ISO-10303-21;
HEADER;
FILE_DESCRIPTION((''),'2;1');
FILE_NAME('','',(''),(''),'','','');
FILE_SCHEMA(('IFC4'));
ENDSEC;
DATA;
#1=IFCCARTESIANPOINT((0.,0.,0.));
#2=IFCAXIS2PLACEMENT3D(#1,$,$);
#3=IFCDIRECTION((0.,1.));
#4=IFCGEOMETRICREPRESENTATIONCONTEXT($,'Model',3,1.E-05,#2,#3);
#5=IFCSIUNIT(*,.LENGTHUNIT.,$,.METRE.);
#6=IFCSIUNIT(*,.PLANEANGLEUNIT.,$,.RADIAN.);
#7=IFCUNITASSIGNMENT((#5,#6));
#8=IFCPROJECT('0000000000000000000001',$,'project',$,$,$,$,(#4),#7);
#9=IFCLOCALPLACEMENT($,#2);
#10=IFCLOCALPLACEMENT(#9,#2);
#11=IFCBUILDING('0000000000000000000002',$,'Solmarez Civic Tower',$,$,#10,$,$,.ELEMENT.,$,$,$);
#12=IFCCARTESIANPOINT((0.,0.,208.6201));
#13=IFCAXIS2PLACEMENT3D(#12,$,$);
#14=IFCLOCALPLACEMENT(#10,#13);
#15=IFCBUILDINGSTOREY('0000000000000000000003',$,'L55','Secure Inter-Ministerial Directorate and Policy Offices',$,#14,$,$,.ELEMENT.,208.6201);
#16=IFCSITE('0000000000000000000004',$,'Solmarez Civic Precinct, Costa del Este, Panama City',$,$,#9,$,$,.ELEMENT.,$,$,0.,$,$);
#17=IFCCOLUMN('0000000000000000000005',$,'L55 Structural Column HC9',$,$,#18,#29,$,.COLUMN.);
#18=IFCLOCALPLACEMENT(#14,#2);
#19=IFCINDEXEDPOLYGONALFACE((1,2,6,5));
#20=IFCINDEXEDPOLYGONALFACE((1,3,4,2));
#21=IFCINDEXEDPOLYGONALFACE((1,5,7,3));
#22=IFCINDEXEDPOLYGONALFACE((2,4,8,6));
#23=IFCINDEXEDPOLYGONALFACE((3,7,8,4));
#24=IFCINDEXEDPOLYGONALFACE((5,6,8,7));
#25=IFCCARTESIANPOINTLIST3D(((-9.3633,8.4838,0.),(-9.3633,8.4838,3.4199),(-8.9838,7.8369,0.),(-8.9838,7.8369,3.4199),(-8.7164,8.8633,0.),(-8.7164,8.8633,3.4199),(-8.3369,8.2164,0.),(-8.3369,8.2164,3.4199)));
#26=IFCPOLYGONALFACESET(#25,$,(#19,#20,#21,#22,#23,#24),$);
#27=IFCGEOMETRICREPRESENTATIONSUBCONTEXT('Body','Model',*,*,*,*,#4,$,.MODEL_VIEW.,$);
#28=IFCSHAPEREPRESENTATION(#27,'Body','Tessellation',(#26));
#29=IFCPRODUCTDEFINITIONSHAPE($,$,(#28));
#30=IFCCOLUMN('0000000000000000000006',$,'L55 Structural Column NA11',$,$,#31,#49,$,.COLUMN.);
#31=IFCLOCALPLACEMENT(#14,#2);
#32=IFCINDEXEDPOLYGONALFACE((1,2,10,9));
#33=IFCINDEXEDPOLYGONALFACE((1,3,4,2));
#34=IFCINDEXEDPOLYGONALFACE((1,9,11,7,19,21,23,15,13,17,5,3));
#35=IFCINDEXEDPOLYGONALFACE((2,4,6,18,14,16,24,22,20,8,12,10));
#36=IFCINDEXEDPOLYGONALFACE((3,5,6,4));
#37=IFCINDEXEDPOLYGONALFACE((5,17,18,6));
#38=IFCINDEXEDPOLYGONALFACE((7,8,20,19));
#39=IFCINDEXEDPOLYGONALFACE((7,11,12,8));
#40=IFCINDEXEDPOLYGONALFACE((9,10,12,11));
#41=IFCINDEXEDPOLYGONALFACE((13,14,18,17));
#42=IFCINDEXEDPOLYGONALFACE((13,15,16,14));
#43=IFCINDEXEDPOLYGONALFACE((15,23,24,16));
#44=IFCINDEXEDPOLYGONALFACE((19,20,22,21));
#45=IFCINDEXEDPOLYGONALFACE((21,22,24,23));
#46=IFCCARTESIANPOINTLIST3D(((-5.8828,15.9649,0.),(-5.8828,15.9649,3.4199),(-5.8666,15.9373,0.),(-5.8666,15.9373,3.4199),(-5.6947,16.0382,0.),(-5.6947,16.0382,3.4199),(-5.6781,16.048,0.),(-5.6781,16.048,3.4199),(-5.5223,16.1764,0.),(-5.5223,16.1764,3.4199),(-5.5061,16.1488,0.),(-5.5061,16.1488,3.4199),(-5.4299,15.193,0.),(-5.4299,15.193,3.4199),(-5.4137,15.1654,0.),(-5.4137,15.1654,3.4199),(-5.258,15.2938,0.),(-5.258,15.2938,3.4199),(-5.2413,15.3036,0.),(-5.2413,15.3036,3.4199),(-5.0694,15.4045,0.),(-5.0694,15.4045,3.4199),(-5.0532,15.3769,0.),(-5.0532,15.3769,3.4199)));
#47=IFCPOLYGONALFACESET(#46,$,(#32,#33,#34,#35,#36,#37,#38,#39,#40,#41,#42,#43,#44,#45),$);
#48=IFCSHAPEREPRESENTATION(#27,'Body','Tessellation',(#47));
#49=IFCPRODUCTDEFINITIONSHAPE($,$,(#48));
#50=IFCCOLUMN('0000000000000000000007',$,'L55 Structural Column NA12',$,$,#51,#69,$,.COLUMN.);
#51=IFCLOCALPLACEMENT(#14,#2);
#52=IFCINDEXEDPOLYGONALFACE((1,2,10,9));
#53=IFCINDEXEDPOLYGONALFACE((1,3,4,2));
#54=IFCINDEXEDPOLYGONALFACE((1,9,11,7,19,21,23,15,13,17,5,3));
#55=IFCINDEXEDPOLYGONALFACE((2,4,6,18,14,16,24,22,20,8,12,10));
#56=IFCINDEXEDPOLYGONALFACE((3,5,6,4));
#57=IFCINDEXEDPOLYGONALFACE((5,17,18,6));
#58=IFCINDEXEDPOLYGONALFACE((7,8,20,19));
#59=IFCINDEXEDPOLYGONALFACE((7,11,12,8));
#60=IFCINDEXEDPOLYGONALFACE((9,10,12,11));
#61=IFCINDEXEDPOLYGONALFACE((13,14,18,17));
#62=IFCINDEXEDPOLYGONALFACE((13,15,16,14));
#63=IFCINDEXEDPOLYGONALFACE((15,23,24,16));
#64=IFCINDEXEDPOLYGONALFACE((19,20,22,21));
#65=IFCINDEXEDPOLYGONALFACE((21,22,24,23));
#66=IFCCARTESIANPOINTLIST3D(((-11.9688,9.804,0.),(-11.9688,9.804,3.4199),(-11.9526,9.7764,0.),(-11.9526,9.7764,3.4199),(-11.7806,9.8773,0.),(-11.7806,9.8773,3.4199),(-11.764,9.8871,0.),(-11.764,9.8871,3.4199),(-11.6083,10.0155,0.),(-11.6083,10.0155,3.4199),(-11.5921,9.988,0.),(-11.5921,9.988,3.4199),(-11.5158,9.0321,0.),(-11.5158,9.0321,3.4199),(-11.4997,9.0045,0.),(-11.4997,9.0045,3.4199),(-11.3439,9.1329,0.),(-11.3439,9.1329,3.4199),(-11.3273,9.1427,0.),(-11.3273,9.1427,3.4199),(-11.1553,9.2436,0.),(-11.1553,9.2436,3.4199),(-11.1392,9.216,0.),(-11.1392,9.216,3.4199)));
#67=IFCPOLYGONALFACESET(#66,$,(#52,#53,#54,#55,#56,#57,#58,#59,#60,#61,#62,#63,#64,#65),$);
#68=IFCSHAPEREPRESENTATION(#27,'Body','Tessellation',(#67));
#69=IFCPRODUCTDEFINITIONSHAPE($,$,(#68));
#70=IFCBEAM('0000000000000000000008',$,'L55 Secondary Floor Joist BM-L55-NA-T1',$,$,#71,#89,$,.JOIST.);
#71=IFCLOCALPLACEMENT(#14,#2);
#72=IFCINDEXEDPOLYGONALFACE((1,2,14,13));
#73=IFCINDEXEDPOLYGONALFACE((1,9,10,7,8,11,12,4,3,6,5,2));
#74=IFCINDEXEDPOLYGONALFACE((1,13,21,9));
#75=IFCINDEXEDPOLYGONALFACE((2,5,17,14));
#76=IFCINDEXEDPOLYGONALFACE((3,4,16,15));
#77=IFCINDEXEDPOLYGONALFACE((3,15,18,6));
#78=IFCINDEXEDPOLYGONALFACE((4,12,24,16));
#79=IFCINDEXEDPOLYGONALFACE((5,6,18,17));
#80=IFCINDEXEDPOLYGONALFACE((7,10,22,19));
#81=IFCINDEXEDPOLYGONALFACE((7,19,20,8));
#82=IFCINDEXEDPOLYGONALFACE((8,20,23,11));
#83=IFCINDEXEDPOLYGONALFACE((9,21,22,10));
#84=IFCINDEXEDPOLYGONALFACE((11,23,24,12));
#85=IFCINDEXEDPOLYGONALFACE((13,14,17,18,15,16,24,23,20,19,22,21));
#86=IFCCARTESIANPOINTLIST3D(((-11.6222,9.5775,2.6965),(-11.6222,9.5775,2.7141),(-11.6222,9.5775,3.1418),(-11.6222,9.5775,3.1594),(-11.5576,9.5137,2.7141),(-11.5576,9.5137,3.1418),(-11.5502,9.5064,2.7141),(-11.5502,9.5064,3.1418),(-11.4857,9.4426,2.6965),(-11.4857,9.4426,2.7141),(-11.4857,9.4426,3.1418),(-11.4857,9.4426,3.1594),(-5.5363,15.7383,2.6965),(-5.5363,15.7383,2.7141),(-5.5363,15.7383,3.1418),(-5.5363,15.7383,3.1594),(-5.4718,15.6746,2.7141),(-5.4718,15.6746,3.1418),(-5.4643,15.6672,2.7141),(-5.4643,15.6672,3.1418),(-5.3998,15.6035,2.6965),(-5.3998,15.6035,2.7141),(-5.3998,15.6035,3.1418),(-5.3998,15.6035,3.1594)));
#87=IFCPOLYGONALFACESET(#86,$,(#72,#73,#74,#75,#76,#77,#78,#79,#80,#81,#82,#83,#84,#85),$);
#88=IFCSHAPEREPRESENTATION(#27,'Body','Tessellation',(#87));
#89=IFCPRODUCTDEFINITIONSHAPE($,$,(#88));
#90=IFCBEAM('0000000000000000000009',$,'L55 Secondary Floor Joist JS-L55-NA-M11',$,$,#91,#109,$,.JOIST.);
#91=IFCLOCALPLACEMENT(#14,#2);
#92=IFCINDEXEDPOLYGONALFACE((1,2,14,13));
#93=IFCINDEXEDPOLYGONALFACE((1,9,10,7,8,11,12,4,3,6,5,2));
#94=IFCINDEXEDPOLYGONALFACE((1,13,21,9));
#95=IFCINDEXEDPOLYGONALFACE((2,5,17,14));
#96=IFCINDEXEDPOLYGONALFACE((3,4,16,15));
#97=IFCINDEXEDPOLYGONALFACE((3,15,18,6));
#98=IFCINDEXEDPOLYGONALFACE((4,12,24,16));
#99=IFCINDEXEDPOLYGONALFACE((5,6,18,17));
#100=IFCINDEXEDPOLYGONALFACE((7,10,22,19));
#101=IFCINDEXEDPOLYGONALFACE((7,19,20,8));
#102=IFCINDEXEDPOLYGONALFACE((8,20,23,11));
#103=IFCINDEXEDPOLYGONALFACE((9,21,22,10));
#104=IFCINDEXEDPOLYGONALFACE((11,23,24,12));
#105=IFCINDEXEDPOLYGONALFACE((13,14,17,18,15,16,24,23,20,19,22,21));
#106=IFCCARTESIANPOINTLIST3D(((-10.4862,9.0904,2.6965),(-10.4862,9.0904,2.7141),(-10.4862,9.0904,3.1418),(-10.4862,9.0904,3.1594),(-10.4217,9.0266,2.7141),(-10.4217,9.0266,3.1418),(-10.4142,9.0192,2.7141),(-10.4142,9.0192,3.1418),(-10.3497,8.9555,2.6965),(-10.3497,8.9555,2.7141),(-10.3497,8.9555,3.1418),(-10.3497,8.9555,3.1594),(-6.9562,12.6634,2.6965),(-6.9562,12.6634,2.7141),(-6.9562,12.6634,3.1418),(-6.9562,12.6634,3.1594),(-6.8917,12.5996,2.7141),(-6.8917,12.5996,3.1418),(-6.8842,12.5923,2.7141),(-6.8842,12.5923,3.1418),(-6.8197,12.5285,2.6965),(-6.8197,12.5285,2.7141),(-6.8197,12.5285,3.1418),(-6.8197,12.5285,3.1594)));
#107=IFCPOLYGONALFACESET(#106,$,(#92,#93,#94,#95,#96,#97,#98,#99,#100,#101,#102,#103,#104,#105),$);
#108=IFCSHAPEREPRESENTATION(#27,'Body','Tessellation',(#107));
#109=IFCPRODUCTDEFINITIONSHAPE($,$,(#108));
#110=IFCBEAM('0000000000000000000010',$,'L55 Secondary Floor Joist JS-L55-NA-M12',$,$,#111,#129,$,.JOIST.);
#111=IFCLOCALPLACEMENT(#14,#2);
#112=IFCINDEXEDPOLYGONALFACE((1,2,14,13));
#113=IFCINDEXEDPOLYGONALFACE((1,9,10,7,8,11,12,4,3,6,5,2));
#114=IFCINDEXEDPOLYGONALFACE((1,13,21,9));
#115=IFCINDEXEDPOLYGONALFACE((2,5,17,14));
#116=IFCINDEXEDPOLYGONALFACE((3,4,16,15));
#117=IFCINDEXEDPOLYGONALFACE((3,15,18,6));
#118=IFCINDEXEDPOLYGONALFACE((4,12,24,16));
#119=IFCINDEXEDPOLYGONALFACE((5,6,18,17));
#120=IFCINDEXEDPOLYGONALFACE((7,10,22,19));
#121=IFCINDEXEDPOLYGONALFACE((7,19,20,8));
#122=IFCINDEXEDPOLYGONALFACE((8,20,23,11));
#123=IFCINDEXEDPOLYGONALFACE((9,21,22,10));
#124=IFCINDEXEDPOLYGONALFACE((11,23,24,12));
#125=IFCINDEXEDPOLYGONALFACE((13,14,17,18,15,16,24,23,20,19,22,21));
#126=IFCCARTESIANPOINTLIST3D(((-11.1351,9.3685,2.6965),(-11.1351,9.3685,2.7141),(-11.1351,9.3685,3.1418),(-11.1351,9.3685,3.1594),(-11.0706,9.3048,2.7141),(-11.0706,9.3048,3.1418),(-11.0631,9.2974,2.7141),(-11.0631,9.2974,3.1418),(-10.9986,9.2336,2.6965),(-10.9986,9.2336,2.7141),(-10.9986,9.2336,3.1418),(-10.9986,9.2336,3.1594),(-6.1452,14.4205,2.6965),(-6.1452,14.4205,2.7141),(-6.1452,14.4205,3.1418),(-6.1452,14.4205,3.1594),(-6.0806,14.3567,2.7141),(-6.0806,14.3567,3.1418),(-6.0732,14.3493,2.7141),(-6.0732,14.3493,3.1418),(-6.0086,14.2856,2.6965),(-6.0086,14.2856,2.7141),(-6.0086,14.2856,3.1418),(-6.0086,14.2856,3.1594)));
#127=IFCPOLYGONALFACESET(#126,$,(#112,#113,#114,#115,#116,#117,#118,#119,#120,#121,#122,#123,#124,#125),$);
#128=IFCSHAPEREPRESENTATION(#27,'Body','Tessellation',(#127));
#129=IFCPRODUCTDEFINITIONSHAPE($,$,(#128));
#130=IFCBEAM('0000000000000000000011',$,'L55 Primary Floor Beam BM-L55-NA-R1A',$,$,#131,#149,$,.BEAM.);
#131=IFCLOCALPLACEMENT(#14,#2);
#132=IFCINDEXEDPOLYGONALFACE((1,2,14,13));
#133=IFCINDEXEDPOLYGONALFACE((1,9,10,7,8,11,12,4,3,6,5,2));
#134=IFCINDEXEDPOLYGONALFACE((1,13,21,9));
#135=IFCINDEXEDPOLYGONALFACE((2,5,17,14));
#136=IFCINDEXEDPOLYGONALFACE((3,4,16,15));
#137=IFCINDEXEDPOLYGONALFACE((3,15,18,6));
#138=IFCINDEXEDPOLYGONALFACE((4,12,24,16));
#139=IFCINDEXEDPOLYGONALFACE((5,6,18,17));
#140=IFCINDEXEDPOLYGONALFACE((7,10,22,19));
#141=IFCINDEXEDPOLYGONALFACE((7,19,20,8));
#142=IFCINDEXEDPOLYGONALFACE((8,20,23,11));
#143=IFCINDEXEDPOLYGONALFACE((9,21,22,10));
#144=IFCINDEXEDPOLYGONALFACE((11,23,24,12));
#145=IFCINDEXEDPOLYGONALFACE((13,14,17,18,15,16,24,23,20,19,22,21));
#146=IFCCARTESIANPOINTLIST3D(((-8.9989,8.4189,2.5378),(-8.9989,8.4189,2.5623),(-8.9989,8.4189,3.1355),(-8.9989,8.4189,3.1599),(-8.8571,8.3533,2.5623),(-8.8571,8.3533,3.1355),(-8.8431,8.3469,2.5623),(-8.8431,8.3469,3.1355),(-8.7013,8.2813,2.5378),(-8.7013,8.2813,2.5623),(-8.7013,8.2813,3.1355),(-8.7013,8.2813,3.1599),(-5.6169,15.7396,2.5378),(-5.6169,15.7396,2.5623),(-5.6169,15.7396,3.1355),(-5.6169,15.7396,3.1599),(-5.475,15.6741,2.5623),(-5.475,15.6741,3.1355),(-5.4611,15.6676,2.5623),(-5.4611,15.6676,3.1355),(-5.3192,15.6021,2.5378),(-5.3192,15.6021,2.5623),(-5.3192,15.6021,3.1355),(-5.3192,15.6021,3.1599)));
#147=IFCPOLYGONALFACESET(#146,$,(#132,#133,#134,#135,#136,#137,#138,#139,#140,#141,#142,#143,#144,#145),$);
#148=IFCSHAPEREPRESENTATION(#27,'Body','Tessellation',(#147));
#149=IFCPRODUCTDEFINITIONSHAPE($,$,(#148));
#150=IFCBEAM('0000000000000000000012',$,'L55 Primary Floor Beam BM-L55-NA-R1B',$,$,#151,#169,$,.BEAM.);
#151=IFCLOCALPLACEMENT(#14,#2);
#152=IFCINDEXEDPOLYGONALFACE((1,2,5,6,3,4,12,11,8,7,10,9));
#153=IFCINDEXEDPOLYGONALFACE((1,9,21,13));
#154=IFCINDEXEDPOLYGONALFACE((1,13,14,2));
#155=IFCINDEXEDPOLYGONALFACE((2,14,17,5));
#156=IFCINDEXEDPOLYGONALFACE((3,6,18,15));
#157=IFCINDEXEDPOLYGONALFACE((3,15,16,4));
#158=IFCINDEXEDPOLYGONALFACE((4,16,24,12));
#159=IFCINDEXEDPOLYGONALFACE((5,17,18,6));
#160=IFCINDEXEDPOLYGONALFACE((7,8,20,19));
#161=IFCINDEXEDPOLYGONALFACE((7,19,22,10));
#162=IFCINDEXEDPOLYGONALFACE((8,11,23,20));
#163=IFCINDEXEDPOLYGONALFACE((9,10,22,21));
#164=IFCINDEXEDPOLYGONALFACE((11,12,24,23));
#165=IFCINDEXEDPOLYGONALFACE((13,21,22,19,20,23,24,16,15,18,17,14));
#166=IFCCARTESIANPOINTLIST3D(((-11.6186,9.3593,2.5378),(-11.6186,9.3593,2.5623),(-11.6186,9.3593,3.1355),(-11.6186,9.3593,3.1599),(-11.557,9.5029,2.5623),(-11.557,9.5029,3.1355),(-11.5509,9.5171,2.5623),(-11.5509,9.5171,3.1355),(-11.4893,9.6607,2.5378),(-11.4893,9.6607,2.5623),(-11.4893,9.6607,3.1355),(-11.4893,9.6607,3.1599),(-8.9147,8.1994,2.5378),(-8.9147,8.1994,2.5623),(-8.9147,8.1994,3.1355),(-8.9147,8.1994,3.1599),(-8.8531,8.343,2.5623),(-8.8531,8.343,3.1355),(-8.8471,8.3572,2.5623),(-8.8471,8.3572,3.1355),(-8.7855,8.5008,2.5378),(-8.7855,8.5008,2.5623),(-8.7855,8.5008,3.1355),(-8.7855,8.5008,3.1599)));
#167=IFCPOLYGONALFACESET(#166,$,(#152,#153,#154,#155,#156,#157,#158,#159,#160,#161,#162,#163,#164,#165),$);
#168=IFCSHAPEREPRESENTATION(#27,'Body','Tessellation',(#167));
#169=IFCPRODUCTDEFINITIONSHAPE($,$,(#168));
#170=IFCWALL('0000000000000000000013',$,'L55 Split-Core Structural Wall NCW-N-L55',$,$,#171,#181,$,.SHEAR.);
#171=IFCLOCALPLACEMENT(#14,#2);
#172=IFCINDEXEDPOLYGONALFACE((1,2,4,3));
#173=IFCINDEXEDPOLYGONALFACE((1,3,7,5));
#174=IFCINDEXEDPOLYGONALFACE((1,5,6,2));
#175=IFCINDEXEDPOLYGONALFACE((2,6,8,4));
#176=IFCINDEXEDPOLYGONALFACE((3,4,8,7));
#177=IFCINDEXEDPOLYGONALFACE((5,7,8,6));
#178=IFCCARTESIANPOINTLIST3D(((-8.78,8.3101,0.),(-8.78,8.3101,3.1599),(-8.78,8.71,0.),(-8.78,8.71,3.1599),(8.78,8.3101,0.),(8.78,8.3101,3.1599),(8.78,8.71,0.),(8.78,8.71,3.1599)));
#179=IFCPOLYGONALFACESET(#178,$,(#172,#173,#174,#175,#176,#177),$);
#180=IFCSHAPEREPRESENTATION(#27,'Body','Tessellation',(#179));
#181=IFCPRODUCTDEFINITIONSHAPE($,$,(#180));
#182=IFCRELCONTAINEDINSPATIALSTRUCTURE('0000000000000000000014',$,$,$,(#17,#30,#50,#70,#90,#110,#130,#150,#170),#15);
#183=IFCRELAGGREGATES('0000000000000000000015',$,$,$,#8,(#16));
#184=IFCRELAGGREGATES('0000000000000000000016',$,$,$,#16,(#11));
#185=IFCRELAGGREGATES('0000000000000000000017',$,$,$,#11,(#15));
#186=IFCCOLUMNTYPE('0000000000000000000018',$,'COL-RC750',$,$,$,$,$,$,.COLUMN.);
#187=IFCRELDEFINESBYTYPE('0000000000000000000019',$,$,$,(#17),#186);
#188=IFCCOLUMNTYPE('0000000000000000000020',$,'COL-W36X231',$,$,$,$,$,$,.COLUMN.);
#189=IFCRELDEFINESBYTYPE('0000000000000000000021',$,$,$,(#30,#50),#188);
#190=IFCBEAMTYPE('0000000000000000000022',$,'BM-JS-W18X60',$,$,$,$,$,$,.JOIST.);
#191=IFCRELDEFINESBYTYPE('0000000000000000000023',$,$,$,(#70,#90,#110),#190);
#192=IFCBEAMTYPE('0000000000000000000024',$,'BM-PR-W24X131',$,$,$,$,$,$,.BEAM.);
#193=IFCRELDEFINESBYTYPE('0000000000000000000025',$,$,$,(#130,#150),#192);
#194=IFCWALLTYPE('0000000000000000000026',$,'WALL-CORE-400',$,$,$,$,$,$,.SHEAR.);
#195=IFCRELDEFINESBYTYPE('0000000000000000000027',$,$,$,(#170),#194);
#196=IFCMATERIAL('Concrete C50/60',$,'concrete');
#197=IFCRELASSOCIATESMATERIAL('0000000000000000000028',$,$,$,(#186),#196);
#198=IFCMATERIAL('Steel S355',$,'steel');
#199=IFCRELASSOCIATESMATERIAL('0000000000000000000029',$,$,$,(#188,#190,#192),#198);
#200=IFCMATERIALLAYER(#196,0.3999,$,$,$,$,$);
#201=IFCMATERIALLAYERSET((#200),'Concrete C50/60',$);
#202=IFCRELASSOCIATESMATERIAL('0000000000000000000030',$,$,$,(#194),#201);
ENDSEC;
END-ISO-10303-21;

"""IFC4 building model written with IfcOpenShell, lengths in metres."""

from ifc_helpers import new_model, si_unit, direction, frame, frame_2d, origin, origin_2d, place, context, subcontext, project, spatial, rectangle, i_section, extrude, material, layer, layer_set, material_profile, profile_set, type_object, element, save


model = new_model("IFC4")

# Units and contexts
model_context = context("Model", 3, precision=1e-05, world=origin(), true_north=direction((0.0, 1.0)))
body_context = subcontext(model_context, "Body", "Model", "MODEL_VIEW")
ifc_project = project(units=[si_unit("LENGTHUNIT", "METRE"), si_unit("PLANEANGLEUNIT", "RADIAN")], contexts=[model_context])

# Site, building, storey
site_placement = place(None, origin())
site = spatial("IfcSite", under=ifc_project, at=site_placement, Name="Solmarez Civic Precinct, Costa del Este, Panama City", CompositionType="ELEMENT", RefElevation=0.0)
building_placement = place(site_placement, origin())
building = spatial("IfcBuilding", under=site, at=building_placement, Name="Solmarez Civic Tower", CompositionType="ELEMENT")
storey_placement = place(building_placement, frame((0.0, 0.0, 208.6201)))
storey = spatial("IfcBuildingStorey", under=building, at=storey_placement, Name="L55", Description="Secure Inter-Ministerial Directorate and Policy Offices", CompositionType="ELEMENT", Elevation=208.6201)

# Columns
ifc_material_1 = material(Name="Concrete C50/60", Category="concrete")
ifc_material_profile_1 = material_profile(ifc_material_1, rectangle(XDim=0.75, YDim=0.75, at=origin_2d()), Name="RC750X750")
ifc_profile_set_1 = profile_set([ifc_material_profile_1], Name="Concrete C50/60")
column_type_1 = type_object("IfcColumnType", Name="COL-RC750", PredefinedType="COLUMN", material=ifc_profile_set_1)
column_placement = place(storey_placement, frame((-8.8501, 8.3501, 0.0), z_axis=(0.0, 0.0, 1.0), x_axis=(0.862514, 0.506034, 0.0)))
element("IfcColumn", 1, at=column_placement, inside=storey, type_object=column_type_1, Name="L55 Structural Column HC9", PredefinedType="COLUMN", context=body_context, shape_type="SweptSolid", body=[
    extrude(rectangle(XDim=0.75, YDim=0.75, at=origin_2d()), origin(), (0.0, 0.0, 1.0), 3.4199),
])
ifc_material_2 = material(Name="Steel S355", Category="steel")
ifc_material_profile_2 = material_profile(ifc_material_2, i_section(OverallWidth=0.418, OverallDepth=0.927, WebThickness=0.0193, FlangeThickness=0.032, at=origin_2d()), Name="W36X231")
ifc_profile_set_2 = profile_set([ifc_material_profile_2], Name="Steel S355")
column_type_2 = type_object("IfcColumnType", Name="COL-W36X231", PredefinedType="COLUMN", material=ifc_profile_set_2)
for number, where, z_axis, x_axis, name in (
    (2, (-5.468, 15.6709, 0.0), (0.0, 0.0, 1.0), (0.862514, 0.506034, 0.0), "L55 Structural Column NA11"),
    (3, (-11.554, 9.51, 0.0), (0.0, 0.0, 1.0), (0.862514, 0.506034, 0.0), "L55 Structural Column NA12"),
):
    element("IfcColumn", number, at=place(storey_placement, frame(where, z_axis=z_axis, x_axis=x_axis)), inside=storey, type_object=column_type_2, Name=name, PredefinedType="COLUMN", context=body_context, shape_type="SweptSolid", body=[
        extrude(i_section(OverallWidth=0.418, OverallDepth=0.927, WebThickness=0.0193, FlangeThickness=0.032, at=origin_2d()), origin(), (0.0, 0.0, 1.0), 3.4199),
    ])

# Beams
ifc_material_profile_3 = material_profile(ifc_material_2, i_section(OverallWidth=0.1919, OverallDepth=0.4629, WebThickness=0.0105, FlangeThickness=0.0176, at=origin_2d()), Name="W18X60")
ifc_profile_set_3 = profile_set([ifc_material_profile_3], Name="Steel S355")
beam_type_1 = type_object("IfcBeamType", Name="BM-JS-W18X60", PredefinedType="JOIST", material=ifc_profile_set_3)
beam_1_placement = place(storey_placement, frame((-5.468, 15.6709, 2.928), z_axis=(-0.702766, -0.711421, 0.0), x_axis=(0.711421, -0.702766, 0.0)))
element("IfcBeam", 4, at=beam_1_placement, inside=storey, type_object=beam_type_1, Name="L55 Secondary Floor Joist BM-L55-NA-T1", PredefinedType="JOIST", context=body_context, shape_type="SweptSolid", body=[
    extrude(i_section(OverallWidth=0.1919, OverallDepth=0.4629, WebThickness=0.0105, FlangeThickness=0.0176, at=origin_2d()), origin(), (0.0, 0.0, 1.0), 8.6599),
])
beam_2_placement = place(storey_placement, frame((-6.8879, 12.5959, 2.928), z_axis=(-0.702816, -0.711371, 0.0), x_axis=(0.711371, -0.702816, 0.0)))
element("IfcBeam", 5, at=beam_2_placement, inside=storey, type_object=beam_type_1, Name="L55 Secondary Floor Joist JS-L55-NA-M11", PredefinedType="JOIST", context=body_context, shape_type="SweptSolid", body=[
    extrude(i_section(OverallWidth=0.1919, OverallDepth=0.4629, WebThickness=0.0105, FlangeThickness=0.0176, at=origin_2d()), origin(), (0.0, 0.0, 1.0), 5.0227),
])
beam_3_placement = place(storey_placement, frame((-6.0769, 14.353, 2.928), z_axis=(-0.702727, -0.71146, 0.0), x_axis=(0.71146, -0.702727, 0.0)))
element("IfcBeam", 6, at=beam_3_placement, inside=storey, type_object=beam_type_1, Name="L55 Secondary Floor Joist JS-L55-NA-M12", PredefinedType="JOIST", context=body_context, shape_type="SweptSolid", body=[
    extrude(i_section(OverallWidth=0.1919, OverallDepth=0.4629, WebThickness=0.0105, FlangeThickness=0.0176, at=origin_2d()), origin(), (0.0, 0.0, 1.0), 7.1008),
])
ifc_material_profile_4 = material_profile(ifc_material_2, i_section(OverallWidth=0.3279, OverallDepth=0.6221, WebThickness=0.0154, FlangeThickness=0.0244, at=origin_2d()), Name="W24X131")
ifc_profile_set_4 = profile_set([ifc_material_profile_4], Name="Steel S355")
beam_type_2 = type_object("IfcBeamType", Name="BM-PR-W24X131", PredefinedType="BEAM", material=ifc_profile_set_4)
beam_4_placement = place(storey_placement, frame((-8.8501, 8.3501, 2.8489), z_axis=(0.41939, 0.907806, 0.0), x_axis=(-0.907806, 0.41939, 0.0)))
element("IfcBeam", 7, at=beam_4_placement, inside=storey, type_object=beam_type_2, Name="L55 Primary Floor Beam BM-L55-NA-R1A", PredefinedType="BEAM", context=body_context, shape_type="SweptSolid", body=[
    extrude(i_section(OverallWidth=0.3279, OverallDepth=0.6221, WebThickness=0.0154, FlangeThickness=0.0244, at=origin_2d()), origin(), (0.0, 0.0, 1.0), 8.0642),
])
beam_5_placement = place(storey_placement, frame((-8.8501, 8.3501, 2.8489), z_axis=(-0.919008, 0.39424, 0.0), x_axis=(-0.39424, -0.919008, 0.0)))
element("IfcBeam", 8, at=beam_5_placement, inside=storey, type_object=beam_type_2, Name="L55 Primary Floor Beam BM-L55-NA-R1B", PredefinedType="BEAM", context=body_context, shape_type="SweptSolid", body=[
    extrude(i_section(OverallWidth=0.3279, OverallDepth=0.6221, WebThickness=0.0154, FlangeThickness=0.0244, at=origin_2d()), origin(), (0.0, 0.0, 1.0), 2.9421),
])

# Wall
ifc_layer_1 = layer(ifc_material_1, 0.3999)
ifc_layer_set_1 = layer_set([ifc_layer_1], Name="Concrete C50/60")
wall_type_1 = type_object("IfcWallType", Name="WALL-CORE-400", PredefinedType="SHEAR", material=ifc_layer_set_1)
wall_1_placement = place(storey_placement, frame((-8.78, 8.51, 0.0), z_axis=(0.0, 0.0, 1.0), x_axis=(1.0, 0.0, 0.0)))
element("IfcWall", 9, at=wall_1_placement, inside=storey, type_object=wall_type_1, Name="L55 Split-Core Structural Wall NCW-N-L55", PredefinedType="SHEAR", context=body_context, shape_type="SweptSolid", body=[
    extrude(rectangle(XDim=17.5601, YDim=0.3999, at=frame_2d((8.78, 0.0))), origin(), (0.0, 0.0, 1.0), 3.1599),
])

save(model, "model.ifc")
